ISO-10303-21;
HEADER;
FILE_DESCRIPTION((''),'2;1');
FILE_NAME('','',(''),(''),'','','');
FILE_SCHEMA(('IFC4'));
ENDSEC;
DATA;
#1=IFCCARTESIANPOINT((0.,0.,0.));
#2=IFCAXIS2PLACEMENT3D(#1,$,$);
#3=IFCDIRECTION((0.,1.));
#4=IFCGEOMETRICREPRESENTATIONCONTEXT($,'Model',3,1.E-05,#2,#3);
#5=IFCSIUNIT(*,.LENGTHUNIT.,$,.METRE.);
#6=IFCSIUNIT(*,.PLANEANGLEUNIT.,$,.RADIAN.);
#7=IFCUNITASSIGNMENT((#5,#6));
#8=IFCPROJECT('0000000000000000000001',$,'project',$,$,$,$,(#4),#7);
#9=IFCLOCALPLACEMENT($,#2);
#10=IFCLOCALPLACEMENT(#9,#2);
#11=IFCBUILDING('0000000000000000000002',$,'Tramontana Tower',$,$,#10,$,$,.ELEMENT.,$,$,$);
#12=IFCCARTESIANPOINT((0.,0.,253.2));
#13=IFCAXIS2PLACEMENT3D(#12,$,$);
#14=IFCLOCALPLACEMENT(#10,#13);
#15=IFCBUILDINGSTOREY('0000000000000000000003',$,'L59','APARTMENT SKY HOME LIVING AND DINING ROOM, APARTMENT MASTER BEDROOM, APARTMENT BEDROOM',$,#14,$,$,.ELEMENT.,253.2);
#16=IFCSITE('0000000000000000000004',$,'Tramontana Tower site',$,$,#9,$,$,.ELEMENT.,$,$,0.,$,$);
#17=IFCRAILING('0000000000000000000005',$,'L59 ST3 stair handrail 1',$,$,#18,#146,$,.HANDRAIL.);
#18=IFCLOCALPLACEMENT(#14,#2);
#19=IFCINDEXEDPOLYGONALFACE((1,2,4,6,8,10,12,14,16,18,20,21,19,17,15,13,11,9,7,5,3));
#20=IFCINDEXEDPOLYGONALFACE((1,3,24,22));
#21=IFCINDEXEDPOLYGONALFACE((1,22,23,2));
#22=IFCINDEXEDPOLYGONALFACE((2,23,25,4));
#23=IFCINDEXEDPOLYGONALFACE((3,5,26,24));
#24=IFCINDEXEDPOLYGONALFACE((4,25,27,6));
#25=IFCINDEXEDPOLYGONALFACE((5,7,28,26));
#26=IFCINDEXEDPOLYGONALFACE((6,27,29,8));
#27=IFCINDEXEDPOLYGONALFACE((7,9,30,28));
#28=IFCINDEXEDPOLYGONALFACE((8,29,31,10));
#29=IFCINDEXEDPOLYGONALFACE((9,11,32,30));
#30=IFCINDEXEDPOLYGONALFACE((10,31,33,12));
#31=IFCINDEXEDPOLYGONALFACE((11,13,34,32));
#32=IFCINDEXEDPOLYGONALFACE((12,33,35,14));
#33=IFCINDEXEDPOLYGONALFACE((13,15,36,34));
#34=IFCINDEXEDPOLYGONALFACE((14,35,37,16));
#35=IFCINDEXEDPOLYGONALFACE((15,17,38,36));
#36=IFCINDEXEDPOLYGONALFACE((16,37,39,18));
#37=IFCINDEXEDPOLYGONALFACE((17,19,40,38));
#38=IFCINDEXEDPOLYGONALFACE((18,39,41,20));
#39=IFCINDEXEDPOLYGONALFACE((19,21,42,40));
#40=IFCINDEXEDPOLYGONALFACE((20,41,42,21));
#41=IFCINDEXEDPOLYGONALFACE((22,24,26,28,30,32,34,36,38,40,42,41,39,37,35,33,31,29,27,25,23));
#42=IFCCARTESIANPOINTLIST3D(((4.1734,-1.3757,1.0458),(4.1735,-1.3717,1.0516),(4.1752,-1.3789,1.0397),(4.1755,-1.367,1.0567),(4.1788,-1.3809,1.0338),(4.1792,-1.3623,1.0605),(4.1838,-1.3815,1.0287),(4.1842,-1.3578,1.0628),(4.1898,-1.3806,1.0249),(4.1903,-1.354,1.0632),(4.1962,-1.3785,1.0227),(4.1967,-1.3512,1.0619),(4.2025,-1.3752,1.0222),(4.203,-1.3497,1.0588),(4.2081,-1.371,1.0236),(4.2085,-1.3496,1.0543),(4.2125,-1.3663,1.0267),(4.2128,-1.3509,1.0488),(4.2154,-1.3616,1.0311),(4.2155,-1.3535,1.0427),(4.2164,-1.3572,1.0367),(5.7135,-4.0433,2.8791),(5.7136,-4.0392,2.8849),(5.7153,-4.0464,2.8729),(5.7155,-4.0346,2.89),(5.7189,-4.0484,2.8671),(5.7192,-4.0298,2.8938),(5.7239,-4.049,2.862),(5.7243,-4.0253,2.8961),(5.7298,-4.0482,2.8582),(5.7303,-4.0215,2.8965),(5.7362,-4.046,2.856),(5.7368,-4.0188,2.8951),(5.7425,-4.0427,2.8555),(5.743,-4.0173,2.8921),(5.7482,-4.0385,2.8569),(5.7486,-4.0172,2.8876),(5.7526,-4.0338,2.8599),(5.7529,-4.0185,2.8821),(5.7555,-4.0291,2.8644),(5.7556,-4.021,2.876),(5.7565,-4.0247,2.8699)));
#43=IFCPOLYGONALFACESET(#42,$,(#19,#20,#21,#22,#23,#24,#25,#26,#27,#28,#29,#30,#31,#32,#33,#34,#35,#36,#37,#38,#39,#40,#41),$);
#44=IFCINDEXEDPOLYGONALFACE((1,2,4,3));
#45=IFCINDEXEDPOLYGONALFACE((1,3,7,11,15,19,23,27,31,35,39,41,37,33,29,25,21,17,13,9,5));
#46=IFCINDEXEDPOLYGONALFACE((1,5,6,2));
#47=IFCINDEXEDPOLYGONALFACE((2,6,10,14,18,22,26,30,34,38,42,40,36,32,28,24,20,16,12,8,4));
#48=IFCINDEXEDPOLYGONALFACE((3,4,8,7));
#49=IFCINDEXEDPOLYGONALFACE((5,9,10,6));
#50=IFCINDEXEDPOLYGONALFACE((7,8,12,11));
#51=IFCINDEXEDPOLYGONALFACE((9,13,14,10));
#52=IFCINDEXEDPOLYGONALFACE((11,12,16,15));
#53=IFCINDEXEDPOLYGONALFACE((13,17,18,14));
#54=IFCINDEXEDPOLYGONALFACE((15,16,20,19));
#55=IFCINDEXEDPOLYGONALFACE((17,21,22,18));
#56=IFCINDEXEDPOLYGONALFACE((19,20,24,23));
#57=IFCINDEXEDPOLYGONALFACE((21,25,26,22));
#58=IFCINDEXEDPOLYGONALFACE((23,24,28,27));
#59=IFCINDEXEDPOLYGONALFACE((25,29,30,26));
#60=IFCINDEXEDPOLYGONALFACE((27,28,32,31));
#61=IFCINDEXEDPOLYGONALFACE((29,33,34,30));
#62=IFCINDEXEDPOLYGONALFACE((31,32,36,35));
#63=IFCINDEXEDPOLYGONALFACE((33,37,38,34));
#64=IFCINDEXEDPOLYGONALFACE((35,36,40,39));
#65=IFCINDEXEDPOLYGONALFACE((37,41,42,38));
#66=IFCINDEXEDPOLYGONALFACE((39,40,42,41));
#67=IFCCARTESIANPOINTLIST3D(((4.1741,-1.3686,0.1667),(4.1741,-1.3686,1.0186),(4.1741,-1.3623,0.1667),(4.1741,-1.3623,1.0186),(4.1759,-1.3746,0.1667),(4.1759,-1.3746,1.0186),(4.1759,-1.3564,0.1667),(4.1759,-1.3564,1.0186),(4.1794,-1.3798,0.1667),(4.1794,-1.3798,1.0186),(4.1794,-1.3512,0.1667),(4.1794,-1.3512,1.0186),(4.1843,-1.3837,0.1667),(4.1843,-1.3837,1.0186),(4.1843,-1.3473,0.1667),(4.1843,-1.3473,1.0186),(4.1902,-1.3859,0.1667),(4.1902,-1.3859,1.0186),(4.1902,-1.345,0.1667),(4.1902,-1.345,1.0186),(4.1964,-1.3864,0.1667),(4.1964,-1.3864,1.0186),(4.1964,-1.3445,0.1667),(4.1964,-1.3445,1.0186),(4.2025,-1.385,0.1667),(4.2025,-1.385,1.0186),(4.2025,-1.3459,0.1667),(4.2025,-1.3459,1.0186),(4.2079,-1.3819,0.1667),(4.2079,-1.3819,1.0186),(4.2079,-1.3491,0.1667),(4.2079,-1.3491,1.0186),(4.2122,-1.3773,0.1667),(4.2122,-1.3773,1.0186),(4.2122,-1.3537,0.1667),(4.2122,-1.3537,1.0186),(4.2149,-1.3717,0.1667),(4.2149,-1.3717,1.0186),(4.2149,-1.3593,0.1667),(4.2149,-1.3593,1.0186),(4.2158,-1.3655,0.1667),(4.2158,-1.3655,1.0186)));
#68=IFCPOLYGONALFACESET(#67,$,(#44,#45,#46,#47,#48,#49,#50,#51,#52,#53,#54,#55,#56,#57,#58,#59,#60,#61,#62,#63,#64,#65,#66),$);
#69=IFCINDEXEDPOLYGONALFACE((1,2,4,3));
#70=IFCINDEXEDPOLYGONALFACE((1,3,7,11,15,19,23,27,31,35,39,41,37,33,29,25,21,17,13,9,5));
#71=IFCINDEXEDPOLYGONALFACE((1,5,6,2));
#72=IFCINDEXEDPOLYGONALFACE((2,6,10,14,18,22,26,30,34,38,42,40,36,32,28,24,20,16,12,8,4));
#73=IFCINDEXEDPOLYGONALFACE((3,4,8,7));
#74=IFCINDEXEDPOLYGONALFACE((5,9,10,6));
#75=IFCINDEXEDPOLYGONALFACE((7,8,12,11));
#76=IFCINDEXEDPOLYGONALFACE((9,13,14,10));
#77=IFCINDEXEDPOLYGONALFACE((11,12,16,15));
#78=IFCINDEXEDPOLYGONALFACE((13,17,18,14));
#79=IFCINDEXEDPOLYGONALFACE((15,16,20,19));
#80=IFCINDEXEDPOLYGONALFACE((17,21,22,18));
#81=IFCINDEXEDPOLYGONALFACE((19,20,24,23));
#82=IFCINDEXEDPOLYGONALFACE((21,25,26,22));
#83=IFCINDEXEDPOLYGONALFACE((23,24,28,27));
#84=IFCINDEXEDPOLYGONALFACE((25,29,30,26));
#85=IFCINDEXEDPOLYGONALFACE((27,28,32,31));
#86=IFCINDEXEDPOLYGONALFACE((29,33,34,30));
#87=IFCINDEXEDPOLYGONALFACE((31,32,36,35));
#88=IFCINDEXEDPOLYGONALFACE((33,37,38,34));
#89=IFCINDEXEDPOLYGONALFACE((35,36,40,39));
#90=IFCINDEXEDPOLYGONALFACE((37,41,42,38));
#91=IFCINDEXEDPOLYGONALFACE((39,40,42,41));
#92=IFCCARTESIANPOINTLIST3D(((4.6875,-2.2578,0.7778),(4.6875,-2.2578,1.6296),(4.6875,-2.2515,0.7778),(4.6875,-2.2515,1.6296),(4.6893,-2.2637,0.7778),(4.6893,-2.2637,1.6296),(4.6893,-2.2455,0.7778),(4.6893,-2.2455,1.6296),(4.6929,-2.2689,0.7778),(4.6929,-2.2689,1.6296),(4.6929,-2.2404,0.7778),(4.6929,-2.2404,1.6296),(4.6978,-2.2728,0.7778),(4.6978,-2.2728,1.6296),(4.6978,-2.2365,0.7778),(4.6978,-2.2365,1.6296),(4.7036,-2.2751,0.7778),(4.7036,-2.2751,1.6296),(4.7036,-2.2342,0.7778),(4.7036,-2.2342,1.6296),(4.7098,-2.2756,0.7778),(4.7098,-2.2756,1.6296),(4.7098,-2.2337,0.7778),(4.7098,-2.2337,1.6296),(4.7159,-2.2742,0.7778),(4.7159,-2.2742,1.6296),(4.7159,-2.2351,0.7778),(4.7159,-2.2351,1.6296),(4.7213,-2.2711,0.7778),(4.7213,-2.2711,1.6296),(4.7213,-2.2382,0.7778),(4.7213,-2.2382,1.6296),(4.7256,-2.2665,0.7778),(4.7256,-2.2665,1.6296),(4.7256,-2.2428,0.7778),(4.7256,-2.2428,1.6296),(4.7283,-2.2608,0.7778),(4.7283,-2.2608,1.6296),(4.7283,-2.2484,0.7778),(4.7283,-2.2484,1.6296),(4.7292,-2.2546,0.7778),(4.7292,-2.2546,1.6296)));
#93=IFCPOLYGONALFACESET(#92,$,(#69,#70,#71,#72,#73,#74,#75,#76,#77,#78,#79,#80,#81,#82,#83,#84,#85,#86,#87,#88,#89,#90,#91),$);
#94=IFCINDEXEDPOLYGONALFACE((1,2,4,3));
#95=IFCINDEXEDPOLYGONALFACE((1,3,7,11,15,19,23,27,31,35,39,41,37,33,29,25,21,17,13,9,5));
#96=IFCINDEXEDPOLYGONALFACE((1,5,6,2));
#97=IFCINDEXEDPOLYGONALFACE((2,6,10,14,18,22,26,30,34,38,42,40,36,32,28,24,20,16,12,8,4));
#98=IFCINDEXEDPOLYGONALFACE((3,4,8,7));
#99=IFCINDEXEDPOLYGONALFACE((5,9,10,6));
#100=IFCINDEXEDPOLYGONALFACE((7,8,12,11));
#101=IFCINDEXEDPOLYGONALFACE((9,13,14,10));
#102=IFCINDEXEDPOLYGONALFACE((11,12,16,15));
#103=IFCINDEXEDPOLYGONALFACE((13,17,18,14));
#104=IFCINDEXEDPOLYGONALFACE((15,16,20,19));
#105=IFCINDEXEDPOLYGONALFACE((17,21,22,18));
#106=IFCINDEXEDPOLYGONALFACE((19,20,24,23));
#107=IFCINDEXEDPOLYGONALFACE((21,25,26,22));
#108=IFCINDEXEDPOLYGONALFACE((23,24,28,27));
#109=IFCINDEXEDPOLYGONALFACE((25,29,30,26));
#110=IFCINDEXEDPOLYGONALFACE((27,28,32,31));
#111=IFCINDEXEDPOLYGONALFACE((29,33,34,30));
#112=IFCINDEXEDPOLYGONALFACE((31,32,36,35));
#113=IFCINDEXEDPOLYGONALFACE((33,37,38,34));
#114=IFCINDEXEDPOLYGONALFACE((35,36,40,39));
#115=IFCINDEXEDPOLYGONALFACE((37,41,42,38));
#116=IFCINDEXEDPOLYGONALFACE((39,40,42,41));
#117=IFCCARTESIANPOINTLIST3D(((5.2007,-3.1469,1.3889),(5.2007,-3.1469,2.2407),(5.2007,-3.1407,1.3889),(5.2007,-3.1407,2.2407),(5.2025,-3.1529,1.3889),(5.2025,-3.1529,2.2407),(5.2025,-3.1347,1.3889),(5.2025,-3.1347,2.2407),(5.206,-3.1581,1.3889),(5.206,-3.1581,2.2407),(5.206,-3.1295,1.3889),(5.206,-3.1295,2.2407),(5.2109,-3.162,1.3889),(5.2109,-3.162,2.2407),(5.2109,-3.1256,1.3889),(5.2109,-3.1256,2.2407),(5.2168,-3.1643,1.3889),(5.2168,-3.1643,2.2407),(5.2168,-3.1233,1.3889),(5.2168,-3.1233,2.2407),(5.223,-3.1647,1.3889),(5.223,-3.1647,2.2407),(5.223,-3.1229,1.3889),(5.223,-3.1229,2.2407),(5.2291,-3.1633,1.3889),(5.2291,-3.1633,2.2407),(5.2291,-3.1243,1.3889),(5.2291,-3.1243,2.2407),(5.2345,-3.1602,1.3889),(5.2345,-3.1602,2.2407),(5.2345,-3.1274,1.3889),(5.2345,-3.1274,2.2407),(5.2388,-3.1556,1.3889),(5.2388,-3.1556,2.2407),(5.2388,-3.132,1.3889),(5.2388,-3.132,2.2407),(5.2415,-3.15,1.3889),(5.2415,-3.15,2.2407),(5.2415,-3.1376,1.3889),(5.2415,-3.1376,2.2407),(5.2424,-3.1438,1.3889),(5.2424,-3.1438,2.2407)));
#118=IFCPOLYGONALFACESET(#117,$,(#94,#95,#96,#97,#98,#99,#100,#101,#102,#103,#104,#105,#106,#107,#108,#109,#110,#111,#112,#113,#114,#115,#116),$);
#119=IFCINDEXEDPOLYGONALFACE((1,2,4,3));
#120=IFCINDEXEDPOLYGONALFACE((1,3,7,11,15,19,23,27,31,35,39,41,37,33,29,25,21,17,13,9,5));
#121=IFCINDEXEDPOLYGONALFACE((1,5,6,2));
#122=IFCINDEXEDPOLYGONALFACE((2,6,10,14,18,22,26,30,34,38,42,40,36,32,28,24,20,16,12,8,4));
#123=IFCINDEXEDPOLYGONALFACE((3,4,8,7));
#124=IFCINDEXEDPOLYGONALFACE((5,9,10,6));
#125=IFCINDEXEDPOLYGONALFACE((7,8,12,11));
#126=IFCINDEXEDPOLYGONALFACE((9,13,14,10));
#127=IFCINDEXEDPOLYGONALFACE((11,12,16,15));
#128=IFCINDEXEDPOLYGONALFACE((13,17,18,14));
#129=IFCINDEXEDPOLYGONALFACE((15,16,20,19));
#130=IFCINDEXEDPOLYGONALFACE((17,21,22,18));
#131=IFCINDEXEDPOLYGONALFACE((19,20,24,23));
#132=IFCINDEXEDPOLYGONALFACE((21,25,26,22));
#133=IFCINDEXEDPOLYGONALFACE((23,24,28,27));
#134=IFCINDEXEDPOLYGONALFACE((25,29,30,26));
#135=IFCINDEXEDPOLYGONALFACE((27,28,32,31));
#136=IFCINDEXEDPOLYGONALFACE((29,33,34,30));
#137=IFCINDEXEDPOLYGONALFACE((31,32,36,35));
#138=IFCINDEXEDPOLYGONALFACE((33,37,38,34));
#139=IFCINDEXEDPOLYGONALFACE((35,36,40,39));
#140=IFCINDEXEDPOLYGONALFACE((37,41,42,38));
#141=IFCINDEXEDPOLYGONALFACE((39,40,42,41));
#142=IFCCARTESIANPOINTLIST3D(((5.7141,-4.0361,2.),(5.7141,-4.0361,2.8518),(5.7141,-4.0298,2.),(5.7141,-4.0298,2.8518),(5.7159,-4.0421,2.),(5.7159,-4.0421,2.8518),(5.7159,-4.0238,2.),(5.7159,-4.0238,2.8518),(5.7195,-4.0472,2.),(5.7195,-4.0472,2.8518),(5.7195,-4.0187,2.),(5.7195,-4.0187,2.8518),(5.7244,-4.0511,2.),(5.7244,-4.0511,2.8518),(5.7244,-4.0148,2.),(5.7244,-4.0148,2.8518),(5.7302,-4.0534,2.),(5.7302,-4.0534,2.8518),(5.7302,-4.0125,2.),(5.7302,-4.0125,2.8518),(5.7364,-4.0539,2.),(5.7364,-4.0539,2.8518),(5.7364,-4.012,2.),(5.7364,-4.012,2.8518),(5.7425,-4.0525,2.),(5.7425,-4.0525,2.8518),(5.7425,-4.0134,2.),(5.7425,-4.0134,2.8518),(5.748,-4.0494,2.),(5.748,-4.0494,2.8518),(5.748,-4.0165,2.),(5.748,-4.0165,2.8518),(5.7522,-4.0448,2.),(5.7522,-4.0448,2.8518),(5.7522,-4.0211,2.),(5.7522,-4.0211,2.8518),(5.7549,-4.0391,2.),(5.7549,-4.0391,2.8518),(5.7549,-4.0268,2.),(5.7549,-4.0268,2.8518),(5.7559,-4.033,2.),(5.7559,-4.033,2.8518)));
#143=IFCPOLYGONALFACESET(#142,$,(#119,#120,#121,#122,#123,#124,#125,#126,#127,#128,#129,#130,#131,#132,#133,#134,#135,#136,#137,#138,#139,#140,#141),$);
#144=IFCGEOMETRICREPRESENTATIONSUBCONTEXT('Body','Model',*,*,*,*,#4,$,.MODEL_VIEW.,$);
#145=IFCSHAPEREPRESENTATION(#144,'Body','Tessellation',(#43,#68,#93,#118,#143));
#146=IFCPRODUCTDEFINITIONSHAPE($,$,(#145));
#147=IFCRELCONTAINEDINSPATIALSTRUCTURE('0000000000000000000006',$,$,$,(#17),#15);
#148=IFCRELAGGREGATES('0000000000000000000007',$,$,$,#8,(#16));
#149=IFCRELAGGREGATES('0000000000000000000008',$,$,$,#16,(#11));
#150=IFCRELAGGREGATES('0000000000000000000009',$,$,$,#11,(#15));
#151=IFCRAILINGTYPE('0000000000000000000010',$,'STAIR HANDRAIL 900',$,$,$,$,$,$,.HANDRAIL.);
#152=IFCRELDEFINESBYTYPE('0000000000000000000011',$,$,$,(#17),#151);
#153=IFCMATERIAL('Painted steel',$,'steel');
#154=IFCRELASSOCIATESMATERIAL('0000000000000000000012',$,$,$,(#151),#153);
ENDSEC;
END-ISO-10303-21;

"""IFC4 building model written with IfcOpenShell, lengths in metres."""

from ifc_helpers import new_model, si_unit, direction, frame, origin, origin_2d, place, context, subcontext, project, spatial, circle, extrude, material, type_object, element, save


model = new_model("IFC4")

# Units and contexts
model_context = context("Model", 3, precision=1e-05, world=origin(), true_north=direction((0.0, 1.0)))
body_context = subcontext(model_context, "Body", "Model", "MODEL_VIEW")
ifc_project = project(units=[si_unit("LENGTHUNIT", "METRE"), si_unit("PLANEANGLEUNIT", "RADIAN")], contexts=[model_context])

# Site, building, storey
site_placement = place(None, origin())
site = spatial("IfcSite", under=ifc_project, at=site_placement, Name="Tramontana Tower site", CompositionType="ELEMENT", RefElevation=0.0)
building_placement = place(site_placement, origin())
building = spatial("IfcBuilding", under=site, at=building_placement, Name="Tramontana Tower", CompositionType="ELEMENT")
storey_placement = place(building_placement, frame((0.0, 0.0, 253.2)))
storey = spatial("IfcBuildingStorey", under=building, at=storey_placement, Name="L59", Description="APARTMENT SKY HOME LIVING AND DINING ROOM, APARTMENT MASTER BEDROOM, APARTMENT BEDROOM", CompositionType="ELEMENT", Elevation=253.2)

# Railing
ifc_material_1 = material(Name="Painted steel", Category="steel")
railing_type_1 = type_object("IfcRailingType", Name="STAIR HANDRAIL 900", PredefinedType="HANDRAIL", material=ifc_material_1)
railing_1_placement = place(storey_placement, frame((4.1948, -1.3655, 0.1667)))
element("IfcRailing", 1, at=railing_1_placement, inside=storey, type_object=railing_type_1, Name="L59 ST3 stair handrail 1", PredefinedType="HANDRAIL", context=body_context, shape_type="SweptSolid", body=[
    extrude(circle(Radius=0.0239, at=origin_2d()), frame((0.0, 0.0, 0.876), z_axis=(0.429649, -0.74419, 0.511452), x_axis=(0.86603, 0.499992, 0.0)), (0.0, 0.0, 1.0), 3.5845),
    extrude(circle(Radius=0.021, at=origin_2d()), origin(), (0.0, 0.0, 1.0), 0.8518),
    extrude(circle(Radius=0.021, at=origin_2d()), frame((0.5134, -0.8892, 0.6111)), (0.0, 0.0, 1.0), 0.8518),
    extrude(circle(Radius=0.021, at=origin_2d()), frame((1.0266, -1.7783, 1.2222)), (0.0, 0.0, 1.0), 0.8518),
    extrude(circle(Radius=0.021, at=origin_2d()), frame((1.54, -2.6675, 1.8333)), (0.0, 0.0, 1.0), 0.8518),
])

save(model, "model.ifc")
